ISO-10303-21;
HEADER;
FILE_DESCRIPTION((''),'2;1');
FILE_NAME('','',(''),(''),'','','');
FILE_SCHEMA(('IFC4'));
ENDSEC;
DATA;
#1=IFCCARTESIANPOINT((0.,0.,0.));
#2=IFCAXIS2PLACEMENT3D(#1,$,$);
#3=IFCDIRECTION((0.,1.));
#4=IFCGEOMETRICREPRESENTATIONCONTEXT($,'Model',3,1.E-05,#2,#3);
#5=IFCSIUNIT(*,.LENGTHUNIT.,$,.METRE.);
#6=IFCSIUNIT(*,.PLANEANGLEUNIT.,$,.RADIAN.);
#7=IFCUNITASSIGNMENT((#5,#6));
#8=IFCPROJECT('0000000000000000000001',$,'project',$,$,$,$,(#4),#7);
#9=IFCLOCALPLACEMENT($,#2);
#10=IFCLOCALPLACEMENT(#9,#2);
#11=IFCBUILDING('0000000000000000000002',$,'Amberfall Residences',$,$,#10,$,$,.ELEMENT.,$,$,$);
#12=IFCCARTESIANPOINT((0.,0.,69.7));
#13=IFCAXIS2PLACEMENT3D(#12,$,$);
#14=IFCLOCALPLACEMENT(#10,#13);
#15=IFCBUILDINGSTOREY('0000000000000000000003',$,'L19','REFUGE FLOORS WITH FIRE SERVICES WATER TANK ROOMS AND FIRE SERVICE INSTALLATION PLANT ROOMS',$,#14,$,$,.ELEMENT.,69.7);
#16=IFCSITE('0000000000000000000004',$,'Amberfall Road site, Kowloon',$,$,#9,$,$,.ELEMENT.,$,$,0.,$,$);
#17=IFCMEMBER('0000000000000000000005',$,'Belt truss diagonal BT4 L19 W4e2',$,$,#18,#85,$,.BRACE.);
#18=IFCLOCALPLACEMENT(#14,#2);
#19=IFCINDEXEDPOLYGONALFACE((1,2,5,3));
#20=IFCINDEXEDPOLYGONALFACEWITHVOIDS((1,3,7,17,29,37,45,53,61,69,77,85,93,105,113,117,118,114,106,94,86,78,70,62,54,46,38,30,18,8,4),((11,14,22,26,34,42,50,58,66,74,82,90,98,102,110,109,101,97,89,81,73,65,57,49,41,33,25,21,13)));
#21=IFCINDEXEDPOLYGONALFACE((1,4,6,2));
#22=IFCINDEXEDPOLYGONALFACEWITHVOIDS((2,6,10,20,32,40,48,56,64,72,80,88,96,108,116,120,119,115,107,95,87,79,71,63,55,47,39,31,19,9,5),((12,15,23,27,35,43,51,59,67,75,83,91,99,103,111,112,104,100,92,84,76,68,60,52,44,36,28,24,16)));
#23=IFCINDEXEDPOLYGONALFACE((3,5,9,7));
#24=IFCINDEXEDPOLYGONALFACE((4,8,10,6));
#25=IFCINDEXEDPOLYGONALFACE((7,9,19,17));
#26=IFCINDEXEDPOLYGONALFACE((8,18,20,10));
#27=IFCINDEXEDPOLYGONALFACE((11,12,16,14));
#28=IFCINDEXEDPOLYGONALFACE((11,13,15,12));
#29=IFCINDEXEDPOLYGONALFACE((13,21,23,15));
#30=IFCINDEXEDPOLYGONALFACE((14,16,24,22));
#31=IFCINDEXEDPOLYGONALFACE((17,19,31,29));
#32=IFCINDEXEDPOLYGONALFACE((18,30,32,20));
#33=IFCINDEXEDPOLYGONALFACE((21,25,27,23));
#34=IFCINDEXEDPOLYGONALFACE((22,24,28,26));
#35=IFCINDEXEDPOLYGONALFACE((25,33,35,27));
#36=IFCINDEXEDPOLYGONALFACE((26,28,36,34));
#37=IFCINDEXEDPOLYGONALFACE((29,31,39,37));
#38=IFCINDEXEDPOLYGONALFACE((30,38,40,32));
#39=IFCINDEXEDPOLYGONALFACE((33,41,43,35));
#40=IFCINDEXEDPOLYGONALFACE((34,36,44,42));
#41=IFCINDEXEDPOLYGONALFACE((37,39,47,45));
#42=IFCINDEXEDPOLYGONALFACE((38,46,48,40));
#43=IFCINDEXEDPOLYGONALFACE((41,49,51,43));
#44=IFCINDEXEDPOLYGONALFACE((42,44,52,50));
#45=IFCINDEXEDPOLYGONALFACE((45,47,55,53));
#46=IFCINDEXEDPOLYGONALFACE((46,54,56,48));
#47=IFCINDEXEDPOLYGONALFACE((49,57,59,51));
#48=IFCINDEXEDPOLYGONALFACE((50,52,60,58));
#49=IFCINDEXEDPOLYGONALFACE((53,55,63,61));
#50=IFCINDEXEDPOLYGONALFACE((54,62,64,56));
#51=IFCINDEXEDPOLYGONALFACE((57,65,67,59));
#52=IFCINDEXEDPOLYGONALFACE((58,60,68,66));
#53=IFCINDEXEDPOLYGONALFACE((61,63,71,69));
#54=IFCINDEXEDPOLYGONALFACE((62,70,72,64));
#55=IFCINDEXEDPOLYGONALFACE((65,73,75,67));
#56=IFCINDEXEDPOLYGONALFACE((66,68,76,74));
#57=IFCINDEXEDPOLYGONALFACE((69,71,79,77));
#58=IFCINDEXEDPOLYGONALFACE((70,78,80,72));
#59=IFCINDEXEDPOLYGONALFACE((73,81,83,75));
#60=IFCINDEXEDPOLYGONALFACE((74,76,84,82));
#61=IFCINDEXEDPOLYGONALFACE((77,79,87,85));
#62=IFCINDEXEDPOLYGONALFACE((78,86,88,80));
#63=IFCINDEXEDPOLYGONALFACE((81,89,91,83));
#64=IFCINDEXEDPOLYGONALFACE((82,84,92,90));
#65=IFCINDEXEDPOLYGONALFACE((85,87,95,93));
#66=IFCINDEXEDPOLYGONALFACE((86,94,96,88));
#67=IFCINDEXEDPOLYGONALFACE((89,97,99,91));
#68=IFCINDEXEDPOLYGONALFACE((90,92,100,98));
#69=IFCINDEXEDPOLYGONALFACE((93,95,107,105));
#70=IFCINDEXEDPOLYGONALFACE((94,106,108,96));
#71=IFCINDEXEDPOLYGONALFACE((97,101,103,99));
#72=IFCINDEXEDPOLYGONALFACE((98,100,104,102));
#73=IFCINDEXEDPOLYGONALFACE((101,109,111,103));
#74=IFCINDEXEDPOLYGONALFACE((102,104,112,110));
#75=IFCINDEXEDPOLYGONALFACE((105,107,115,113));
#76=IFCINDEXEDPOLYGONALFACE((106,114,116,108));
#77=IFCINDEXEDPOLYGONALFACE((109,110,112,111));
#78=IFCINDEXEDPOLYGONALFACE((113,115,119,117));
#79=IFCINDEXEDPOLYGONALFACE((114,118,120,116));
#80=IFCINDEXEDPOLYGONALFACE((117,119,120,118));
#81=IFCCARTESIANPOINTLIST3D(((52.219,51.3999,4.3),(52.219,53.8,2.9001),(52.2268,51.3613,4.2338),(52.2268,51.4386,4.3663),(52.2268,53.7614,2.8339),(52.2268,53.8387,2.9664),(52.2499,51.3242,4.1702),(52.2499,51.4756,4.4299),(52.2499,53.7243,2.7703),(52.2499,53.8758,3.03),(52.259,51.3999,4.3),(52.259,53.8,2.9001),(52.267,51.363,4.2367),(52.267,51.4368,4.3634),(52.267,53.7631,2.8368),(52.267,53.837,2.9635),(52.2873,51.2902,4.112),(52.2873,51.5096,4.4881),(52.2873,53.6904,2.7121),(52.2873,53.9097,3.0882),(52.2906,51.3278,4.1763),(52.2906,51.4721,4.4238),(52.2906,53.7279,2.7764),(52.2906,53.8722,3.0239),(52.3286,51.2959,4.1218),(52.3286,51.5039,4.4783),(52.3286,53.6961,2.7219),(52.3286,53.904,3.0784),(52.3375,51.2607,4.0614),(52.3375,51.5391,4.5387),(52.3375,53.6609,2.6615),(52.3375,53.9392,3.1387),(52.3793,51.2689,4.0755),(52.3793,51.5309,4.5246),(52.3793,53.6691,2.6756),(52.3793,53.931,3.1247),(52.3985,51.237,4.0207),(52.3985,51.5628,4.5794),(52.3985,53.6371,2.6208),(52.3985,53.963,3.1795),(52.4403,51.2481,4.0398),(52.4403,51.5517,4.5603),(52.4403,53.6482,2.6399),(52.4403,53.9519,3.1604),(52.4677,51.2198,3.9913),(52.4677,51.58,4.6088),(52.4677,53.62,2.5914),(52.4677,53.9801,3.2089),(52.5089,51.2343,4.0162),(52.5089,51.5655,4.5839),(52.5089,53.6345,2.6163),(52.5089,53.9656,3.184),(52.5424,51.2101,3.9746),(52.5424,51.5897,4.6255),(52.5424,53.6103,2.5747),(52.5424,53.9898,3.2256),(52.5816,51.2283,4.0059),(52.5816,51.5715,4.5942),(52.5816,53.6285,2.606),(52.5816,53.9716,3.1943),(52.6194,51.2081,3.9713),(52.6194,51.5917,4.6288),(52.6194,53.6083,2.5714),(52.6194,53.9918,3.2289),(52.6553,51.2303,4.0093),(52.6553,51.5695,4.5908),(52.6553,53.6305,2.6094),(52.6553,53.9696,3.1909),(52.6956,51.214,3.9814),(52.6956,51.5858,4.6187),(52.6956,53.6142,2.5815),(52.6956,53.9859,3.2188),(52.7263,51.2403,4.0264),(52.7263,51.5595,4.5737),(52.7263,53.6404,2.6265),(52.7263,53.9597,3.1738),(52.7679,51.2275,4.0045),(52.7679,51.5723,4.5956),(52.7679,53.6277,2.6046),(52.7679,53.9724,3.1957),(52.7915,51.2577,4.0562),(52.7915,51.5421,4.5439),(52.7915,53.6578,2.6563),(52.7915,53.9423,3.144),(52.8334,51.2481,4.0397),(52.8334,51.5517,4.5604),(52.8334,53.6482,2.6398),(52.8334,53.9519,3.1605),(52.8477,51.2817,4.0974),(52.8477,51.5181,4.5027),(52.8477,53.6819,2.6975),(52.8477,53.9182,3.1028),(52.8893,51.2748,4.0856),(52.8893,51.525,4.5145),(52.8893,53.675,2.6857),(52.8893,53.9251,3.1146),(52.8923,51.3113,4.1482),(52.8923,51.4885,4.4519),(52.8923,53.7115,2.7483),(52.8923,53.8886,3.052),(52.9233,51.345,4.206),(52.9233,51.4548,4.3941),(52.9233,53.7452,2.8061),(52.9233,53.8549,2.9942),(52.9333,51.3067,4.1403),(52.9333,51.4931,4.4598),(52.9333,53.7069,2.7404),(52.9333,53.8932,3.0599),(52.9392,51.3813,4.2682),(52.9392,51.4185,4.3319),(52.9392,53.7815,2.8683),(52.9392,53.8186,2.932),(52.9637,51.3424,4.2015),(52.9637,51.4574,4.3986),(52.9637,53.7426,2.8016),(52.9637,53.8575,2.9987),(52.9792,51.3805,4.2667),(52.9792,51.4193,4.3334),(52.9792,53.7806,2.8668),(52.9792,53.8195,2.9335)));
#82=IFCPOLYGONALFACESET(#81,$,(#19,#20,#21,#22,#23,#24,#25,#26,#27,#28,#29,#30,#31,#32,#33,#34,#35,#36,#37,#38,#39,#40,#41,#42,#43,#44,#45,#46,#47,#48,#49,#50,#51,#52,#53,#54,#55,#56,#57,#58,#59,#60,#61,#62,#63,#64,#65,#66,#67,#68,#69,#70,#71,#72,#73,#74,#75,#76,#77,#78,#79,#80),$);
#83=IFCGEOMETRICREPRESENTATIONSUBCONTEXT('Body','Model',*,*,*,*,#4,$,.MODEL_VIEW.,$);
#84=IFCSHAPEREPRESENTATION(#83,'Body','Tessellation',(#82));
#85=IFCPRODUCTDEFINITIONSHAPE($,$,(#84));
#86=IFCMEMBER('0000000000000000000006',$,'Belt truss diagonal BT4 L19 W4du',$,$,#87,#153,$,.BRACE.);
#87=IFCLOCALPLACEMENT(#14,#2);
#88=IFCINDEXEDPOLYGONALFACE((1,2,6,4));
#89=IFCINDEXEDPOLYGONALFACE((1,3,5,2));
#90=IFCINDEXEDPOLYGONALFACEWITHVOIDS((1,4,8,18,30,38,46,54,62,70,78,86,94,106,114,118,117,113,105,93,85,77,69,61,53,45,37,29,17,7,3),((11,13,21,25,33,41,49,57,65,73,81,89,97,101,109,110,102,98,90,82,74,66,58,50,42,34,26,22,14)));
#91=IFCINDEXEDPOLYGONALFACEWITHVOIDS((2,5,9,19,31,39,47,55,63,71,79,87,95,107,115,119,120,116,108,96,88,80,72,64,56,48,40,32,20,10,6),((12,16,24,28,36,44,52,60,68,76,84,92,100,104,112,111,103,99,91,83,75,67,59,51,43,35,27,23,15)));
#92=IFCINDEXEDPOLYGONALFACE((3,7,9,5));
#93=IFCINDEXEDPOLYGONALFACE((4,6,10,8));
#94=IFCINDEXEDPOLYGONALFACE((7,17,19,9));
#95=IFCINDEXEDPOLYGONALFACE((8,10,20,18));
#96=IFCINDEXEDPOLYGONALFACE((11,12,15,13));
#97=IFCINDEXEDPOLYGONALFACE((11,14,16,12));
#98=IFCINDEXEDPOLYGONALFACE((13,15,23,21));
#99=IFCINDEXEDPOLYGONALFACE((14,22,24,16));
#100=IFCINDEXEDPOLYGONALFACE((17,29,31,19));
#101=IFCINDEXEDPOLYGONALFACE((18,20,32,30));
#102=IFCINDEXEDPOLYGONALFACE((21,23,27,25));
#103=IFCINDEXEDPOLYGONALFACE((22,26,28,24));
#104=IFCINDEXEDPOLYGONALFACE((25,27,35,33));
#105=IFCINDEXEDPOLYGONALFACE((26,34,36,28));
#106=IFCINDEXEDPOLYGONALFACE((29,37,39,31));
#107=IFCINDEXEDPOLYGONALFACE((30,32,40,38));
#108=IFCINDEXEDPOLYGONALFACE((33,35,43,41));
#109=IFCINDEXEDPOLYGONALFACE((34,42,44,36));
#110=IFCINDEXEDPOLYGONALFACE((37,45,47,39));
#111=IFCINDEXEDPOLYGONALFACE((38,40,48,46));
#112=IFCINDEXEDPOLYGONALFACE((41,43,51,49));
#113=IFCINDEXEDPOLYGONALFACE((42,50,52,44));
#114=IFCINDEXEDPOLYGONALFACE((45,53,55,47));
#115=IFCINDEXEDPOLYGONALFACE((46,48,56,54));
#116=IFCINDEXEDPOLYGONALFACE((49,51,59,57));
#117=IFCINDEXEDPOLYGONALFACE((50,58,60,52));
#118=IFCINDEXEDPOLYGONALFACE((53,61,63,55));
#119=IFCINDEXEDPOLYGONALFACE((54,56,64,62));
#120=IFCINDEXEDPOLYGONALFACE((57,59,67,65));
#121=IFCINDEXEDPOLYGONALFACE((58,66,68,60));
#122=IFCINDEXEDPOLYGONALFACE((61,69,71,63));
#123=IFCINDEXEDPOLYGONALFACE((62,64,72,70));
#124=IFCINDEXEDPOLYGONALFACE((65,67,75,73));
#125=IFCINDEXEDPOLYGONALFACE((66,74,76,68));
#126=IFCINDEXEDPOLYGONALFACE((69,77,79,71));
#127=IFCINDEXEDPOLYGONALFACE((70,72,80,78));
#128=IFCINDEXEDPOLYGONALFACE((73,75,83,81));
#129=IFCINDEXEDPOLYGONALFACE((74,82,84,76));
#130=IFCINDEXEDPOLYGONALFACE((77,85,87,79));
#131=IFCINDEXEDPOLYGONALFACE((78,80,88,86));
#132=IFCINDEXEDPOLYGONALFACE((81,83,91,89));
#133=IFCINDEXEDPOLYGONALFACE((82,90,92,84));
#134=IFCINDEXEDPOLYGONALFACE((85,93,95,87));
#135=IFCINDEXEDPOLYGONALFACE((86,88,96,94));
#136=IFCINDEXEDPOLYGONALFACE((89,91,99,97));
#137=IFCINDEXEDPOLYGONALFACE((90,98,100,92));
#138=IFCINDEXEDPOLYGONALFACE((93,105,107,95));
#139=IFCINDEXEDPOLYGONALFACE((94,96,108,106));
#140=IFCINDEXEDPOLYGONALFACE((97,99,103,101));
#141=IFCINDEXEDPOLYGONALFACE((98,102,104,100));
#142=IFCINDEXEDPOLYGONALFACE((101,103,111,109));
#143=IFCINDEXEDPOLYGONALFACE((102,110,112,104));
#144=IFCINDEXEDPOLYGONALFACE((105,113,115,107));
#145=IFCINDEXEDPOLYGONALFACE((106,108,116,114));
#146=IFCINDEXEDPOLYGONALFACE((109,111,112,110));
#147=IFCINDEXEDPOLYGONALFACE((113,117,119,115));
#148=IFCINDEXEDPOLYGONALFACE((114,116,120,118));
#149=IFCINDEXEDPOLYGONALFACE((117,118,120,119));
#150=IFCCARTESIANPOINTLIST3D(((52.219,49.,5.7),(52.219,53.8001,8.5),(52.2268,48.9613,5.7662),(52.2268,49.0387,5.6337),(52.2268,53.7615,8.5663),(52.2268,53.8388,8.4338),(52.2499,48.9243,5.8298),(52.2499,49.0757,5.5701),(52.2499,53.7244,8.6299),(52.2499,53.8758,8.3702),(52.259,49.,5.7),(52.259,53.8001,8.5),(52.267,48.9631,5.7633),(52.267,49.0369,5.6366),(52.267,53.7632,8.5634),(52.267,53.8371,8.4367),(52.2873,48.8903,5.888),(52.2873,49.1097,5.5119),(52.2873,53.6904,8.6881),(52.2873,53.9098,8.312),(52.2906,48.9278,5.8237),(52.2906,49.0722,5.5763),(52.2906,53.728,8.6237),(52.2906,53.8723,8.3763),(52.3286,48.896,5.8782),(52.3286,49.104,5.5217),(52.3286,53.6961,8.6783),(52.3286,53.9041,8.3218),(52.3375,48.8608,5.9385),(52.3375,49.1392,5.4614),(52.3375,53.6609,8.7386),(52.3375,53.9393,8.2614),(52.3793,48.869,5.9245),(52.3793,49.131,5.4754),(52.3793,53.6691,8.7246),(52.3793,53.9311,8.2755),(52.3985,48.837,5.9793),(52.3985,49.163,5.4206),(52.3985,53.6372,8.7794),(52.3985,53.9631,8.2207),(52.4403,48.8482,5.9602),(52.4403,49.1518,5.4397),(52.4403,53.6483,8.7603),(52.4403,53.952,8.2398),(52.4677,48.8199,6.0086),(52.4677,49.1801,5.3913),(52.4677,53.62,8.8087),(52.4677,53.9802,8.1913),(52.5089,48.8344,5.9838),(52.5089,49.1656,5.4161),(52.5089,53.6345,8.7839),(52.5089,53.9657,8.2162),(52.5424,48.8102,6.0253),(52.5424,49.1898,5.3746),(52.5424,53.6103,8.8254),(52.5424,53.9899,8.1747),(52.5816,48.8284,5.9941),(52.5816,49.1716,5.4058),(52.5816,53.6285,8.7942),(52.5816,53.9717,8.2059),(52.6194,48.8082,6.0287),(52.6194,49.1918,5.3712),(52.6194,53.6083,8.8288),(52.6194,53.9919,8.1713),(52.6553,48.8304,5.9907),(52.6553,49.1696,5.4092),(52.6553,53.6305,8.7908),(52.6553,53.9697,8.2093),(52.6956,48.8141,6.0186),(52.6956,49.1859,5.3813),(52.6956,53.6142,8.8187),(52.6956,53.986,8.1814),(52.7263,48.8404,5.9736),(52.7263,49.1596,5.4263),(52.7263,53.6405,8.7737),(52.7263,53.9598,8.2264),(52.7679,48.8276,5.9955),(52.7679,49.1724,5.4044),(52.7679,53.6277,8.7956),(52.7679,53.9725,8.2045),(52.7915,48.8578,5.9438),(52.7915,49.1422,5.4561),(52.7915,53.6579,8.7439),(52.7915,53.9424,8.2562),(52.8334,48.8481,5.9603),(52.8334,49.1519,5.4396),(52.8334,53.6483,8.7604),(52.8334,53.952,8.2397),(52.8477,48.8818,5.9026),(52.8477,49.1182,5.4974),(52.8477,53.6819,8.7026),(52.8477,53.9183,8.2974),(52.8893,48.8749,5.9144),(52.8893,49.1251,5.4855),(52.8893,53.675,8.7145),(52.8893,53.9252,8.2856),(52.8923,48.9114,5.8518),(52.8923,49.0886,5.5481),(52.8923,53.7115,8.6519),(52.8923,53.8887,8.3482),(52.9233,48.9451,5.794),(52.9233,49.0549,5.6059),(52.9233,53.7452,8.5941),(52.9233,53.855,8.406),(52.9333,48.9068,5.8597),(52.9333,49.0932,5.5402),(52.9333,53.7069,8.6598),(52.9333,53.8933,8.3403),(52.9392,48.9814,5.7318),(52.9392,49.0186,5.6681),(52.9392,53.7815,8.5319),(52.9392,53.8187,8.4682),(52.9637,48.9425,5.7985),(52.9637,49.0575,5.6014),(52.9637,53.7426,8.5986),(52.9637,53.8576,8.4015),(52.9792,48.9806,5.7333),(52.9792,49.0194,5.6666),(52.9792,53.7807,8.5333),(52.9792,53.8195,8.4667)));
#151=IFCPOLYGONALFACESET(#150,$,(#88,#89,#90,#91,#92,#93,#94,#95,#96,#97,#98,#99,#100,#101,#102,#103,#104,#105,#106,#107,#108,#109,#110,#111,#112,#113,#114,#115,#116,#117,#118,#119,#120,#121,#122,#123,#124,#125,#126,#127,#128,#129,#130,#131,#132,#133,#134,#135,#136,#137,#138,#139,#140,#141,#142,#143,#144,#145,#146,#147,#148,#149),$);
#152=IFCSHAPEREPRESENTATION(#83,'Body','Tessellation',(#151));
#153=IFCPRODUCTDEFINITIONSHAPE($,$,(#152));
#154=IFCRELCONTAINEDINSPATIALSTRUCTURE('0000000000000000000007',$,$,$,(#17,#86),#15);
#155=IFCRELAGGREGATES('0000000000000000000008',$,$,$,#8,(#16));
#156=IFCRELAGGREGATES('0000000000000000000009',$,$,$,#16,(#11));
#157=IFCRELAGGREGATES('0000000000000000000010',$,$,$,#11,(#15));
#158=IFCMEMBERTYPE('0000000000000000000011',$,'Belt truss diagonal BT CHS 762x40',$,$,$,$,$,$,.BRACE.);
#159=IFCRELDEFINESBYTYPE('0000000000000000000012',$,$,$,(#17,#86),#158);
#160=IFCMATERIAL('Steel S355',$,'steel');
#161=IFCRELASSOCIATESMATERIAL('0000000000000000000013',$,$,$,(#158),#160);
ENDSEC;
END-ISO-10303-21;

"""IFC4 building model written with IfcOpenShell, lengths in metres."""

from ifc_helpers import new_model, si_unit, direction, frame, origin, origin_2d, place, context, subcontext, project, spatial, hollow_circle, extrude, material, material_profile, profile_set, type_object, element, save


model = new_model("IFC4")

# Units and contexts
model_context = context("Model", 3, precision=1e-05, world=origin(), true_north=direction((0.0, 1.0)))
body_context = subcontext(model_context, "Body", "Model", "MODEL_VIEW")
ifc_project = project(units=[si_unit("LENGTHUNIT", "METRE"), si_unit("PLANEANGLEUNIT", "RADIAN")], contexts=[model_context])

# Site, building, storey
site_placement = place(None, origin())
site = spatial("IfcSite", under=ifc_project, at=site_placement, Name="Amberfall Road site, Kowloon", CompositionType="ELEMENT", RefElevation=0.0)
building_placement = place(site_placement, origin())
building = spatial("IfcBuilding", under=site, at=building_placement, Name="Amberfall Residences", CompositionType="ELEMENT")
storey_placement = place(building_placement, frame((0.0, 0.0, 69.7)))
storey = spatial("IfcBuildingStorey", under=building, at=storey_placement, Name="L19", Description="REFUGE FLOORS WITH FIRE SERVICES WATER TANK ROOMS AND FIRE SERVICE INSTALLATION PLANT ROOMS", CompositionType="ELEMENT", Elevation=69.7)

# Shared definitions
ifc_material_1 = material(Name="Steel S355", Category="steel")

# Members
ifc_material_profile_1 = material_profile(ifc_material_1, hollow_circle(Radius=0.3811, WallThickness=0.04, at=origin_2d()), Name="CHS 762x40")
ifc_profile_set_1 = profile_set([ifc_material_profile_1], Name="Steel S355")
member_type_1 = type_object("IfcMemberType", Name="Belt truss diagonal BT CHS 762x40", PredefinedType="BRACE", material=ifc_profile_set_1)
member_1_placement = place(storey_placement, frame((52.6001, 51.3999, 4.3), z_axis=(0.0, 0.863808, -0.503822), x_axis=(-1.0, 0.0, 0.0)))
element("IfcMember", 1, at=member_1_placement, inside=storey, type_object=member_type_1, Name="Belt truss diagonal BT4 L19 W4e2", PredefinedType="BRACE", context=body_context, shape_type="SweptSolid", body=[
    extrude(hollow_circle(Radius=0.3811, WallThickness=0.04, at=origin_2d()), origin(), (0.0, 0.0, 1.0), 2.7786),
])
member_2_placement = place(storey_placement, frame((52.6001, 49.0, 5.7), z_axis=(0.0, 0.863777, 0.503874), x_axis=(-1.0, 0.0, 0.0)))
element("IfcMember", 2, at=member_2_placement, inside=storey, type_object=member_type_1, Name="Belt truss diagonal BT4 L19 W4du", PredefinedType="BRACE", context=body_context, shape_type="SweptSolid", body=[
    extrude(hollow_circle(Radius=0.3811, WallThickness=0.04, at=origin_2d()), origin(), (0.0, 0.0, 1.0), 5.5571),
])

save(model, "model.ifc")
